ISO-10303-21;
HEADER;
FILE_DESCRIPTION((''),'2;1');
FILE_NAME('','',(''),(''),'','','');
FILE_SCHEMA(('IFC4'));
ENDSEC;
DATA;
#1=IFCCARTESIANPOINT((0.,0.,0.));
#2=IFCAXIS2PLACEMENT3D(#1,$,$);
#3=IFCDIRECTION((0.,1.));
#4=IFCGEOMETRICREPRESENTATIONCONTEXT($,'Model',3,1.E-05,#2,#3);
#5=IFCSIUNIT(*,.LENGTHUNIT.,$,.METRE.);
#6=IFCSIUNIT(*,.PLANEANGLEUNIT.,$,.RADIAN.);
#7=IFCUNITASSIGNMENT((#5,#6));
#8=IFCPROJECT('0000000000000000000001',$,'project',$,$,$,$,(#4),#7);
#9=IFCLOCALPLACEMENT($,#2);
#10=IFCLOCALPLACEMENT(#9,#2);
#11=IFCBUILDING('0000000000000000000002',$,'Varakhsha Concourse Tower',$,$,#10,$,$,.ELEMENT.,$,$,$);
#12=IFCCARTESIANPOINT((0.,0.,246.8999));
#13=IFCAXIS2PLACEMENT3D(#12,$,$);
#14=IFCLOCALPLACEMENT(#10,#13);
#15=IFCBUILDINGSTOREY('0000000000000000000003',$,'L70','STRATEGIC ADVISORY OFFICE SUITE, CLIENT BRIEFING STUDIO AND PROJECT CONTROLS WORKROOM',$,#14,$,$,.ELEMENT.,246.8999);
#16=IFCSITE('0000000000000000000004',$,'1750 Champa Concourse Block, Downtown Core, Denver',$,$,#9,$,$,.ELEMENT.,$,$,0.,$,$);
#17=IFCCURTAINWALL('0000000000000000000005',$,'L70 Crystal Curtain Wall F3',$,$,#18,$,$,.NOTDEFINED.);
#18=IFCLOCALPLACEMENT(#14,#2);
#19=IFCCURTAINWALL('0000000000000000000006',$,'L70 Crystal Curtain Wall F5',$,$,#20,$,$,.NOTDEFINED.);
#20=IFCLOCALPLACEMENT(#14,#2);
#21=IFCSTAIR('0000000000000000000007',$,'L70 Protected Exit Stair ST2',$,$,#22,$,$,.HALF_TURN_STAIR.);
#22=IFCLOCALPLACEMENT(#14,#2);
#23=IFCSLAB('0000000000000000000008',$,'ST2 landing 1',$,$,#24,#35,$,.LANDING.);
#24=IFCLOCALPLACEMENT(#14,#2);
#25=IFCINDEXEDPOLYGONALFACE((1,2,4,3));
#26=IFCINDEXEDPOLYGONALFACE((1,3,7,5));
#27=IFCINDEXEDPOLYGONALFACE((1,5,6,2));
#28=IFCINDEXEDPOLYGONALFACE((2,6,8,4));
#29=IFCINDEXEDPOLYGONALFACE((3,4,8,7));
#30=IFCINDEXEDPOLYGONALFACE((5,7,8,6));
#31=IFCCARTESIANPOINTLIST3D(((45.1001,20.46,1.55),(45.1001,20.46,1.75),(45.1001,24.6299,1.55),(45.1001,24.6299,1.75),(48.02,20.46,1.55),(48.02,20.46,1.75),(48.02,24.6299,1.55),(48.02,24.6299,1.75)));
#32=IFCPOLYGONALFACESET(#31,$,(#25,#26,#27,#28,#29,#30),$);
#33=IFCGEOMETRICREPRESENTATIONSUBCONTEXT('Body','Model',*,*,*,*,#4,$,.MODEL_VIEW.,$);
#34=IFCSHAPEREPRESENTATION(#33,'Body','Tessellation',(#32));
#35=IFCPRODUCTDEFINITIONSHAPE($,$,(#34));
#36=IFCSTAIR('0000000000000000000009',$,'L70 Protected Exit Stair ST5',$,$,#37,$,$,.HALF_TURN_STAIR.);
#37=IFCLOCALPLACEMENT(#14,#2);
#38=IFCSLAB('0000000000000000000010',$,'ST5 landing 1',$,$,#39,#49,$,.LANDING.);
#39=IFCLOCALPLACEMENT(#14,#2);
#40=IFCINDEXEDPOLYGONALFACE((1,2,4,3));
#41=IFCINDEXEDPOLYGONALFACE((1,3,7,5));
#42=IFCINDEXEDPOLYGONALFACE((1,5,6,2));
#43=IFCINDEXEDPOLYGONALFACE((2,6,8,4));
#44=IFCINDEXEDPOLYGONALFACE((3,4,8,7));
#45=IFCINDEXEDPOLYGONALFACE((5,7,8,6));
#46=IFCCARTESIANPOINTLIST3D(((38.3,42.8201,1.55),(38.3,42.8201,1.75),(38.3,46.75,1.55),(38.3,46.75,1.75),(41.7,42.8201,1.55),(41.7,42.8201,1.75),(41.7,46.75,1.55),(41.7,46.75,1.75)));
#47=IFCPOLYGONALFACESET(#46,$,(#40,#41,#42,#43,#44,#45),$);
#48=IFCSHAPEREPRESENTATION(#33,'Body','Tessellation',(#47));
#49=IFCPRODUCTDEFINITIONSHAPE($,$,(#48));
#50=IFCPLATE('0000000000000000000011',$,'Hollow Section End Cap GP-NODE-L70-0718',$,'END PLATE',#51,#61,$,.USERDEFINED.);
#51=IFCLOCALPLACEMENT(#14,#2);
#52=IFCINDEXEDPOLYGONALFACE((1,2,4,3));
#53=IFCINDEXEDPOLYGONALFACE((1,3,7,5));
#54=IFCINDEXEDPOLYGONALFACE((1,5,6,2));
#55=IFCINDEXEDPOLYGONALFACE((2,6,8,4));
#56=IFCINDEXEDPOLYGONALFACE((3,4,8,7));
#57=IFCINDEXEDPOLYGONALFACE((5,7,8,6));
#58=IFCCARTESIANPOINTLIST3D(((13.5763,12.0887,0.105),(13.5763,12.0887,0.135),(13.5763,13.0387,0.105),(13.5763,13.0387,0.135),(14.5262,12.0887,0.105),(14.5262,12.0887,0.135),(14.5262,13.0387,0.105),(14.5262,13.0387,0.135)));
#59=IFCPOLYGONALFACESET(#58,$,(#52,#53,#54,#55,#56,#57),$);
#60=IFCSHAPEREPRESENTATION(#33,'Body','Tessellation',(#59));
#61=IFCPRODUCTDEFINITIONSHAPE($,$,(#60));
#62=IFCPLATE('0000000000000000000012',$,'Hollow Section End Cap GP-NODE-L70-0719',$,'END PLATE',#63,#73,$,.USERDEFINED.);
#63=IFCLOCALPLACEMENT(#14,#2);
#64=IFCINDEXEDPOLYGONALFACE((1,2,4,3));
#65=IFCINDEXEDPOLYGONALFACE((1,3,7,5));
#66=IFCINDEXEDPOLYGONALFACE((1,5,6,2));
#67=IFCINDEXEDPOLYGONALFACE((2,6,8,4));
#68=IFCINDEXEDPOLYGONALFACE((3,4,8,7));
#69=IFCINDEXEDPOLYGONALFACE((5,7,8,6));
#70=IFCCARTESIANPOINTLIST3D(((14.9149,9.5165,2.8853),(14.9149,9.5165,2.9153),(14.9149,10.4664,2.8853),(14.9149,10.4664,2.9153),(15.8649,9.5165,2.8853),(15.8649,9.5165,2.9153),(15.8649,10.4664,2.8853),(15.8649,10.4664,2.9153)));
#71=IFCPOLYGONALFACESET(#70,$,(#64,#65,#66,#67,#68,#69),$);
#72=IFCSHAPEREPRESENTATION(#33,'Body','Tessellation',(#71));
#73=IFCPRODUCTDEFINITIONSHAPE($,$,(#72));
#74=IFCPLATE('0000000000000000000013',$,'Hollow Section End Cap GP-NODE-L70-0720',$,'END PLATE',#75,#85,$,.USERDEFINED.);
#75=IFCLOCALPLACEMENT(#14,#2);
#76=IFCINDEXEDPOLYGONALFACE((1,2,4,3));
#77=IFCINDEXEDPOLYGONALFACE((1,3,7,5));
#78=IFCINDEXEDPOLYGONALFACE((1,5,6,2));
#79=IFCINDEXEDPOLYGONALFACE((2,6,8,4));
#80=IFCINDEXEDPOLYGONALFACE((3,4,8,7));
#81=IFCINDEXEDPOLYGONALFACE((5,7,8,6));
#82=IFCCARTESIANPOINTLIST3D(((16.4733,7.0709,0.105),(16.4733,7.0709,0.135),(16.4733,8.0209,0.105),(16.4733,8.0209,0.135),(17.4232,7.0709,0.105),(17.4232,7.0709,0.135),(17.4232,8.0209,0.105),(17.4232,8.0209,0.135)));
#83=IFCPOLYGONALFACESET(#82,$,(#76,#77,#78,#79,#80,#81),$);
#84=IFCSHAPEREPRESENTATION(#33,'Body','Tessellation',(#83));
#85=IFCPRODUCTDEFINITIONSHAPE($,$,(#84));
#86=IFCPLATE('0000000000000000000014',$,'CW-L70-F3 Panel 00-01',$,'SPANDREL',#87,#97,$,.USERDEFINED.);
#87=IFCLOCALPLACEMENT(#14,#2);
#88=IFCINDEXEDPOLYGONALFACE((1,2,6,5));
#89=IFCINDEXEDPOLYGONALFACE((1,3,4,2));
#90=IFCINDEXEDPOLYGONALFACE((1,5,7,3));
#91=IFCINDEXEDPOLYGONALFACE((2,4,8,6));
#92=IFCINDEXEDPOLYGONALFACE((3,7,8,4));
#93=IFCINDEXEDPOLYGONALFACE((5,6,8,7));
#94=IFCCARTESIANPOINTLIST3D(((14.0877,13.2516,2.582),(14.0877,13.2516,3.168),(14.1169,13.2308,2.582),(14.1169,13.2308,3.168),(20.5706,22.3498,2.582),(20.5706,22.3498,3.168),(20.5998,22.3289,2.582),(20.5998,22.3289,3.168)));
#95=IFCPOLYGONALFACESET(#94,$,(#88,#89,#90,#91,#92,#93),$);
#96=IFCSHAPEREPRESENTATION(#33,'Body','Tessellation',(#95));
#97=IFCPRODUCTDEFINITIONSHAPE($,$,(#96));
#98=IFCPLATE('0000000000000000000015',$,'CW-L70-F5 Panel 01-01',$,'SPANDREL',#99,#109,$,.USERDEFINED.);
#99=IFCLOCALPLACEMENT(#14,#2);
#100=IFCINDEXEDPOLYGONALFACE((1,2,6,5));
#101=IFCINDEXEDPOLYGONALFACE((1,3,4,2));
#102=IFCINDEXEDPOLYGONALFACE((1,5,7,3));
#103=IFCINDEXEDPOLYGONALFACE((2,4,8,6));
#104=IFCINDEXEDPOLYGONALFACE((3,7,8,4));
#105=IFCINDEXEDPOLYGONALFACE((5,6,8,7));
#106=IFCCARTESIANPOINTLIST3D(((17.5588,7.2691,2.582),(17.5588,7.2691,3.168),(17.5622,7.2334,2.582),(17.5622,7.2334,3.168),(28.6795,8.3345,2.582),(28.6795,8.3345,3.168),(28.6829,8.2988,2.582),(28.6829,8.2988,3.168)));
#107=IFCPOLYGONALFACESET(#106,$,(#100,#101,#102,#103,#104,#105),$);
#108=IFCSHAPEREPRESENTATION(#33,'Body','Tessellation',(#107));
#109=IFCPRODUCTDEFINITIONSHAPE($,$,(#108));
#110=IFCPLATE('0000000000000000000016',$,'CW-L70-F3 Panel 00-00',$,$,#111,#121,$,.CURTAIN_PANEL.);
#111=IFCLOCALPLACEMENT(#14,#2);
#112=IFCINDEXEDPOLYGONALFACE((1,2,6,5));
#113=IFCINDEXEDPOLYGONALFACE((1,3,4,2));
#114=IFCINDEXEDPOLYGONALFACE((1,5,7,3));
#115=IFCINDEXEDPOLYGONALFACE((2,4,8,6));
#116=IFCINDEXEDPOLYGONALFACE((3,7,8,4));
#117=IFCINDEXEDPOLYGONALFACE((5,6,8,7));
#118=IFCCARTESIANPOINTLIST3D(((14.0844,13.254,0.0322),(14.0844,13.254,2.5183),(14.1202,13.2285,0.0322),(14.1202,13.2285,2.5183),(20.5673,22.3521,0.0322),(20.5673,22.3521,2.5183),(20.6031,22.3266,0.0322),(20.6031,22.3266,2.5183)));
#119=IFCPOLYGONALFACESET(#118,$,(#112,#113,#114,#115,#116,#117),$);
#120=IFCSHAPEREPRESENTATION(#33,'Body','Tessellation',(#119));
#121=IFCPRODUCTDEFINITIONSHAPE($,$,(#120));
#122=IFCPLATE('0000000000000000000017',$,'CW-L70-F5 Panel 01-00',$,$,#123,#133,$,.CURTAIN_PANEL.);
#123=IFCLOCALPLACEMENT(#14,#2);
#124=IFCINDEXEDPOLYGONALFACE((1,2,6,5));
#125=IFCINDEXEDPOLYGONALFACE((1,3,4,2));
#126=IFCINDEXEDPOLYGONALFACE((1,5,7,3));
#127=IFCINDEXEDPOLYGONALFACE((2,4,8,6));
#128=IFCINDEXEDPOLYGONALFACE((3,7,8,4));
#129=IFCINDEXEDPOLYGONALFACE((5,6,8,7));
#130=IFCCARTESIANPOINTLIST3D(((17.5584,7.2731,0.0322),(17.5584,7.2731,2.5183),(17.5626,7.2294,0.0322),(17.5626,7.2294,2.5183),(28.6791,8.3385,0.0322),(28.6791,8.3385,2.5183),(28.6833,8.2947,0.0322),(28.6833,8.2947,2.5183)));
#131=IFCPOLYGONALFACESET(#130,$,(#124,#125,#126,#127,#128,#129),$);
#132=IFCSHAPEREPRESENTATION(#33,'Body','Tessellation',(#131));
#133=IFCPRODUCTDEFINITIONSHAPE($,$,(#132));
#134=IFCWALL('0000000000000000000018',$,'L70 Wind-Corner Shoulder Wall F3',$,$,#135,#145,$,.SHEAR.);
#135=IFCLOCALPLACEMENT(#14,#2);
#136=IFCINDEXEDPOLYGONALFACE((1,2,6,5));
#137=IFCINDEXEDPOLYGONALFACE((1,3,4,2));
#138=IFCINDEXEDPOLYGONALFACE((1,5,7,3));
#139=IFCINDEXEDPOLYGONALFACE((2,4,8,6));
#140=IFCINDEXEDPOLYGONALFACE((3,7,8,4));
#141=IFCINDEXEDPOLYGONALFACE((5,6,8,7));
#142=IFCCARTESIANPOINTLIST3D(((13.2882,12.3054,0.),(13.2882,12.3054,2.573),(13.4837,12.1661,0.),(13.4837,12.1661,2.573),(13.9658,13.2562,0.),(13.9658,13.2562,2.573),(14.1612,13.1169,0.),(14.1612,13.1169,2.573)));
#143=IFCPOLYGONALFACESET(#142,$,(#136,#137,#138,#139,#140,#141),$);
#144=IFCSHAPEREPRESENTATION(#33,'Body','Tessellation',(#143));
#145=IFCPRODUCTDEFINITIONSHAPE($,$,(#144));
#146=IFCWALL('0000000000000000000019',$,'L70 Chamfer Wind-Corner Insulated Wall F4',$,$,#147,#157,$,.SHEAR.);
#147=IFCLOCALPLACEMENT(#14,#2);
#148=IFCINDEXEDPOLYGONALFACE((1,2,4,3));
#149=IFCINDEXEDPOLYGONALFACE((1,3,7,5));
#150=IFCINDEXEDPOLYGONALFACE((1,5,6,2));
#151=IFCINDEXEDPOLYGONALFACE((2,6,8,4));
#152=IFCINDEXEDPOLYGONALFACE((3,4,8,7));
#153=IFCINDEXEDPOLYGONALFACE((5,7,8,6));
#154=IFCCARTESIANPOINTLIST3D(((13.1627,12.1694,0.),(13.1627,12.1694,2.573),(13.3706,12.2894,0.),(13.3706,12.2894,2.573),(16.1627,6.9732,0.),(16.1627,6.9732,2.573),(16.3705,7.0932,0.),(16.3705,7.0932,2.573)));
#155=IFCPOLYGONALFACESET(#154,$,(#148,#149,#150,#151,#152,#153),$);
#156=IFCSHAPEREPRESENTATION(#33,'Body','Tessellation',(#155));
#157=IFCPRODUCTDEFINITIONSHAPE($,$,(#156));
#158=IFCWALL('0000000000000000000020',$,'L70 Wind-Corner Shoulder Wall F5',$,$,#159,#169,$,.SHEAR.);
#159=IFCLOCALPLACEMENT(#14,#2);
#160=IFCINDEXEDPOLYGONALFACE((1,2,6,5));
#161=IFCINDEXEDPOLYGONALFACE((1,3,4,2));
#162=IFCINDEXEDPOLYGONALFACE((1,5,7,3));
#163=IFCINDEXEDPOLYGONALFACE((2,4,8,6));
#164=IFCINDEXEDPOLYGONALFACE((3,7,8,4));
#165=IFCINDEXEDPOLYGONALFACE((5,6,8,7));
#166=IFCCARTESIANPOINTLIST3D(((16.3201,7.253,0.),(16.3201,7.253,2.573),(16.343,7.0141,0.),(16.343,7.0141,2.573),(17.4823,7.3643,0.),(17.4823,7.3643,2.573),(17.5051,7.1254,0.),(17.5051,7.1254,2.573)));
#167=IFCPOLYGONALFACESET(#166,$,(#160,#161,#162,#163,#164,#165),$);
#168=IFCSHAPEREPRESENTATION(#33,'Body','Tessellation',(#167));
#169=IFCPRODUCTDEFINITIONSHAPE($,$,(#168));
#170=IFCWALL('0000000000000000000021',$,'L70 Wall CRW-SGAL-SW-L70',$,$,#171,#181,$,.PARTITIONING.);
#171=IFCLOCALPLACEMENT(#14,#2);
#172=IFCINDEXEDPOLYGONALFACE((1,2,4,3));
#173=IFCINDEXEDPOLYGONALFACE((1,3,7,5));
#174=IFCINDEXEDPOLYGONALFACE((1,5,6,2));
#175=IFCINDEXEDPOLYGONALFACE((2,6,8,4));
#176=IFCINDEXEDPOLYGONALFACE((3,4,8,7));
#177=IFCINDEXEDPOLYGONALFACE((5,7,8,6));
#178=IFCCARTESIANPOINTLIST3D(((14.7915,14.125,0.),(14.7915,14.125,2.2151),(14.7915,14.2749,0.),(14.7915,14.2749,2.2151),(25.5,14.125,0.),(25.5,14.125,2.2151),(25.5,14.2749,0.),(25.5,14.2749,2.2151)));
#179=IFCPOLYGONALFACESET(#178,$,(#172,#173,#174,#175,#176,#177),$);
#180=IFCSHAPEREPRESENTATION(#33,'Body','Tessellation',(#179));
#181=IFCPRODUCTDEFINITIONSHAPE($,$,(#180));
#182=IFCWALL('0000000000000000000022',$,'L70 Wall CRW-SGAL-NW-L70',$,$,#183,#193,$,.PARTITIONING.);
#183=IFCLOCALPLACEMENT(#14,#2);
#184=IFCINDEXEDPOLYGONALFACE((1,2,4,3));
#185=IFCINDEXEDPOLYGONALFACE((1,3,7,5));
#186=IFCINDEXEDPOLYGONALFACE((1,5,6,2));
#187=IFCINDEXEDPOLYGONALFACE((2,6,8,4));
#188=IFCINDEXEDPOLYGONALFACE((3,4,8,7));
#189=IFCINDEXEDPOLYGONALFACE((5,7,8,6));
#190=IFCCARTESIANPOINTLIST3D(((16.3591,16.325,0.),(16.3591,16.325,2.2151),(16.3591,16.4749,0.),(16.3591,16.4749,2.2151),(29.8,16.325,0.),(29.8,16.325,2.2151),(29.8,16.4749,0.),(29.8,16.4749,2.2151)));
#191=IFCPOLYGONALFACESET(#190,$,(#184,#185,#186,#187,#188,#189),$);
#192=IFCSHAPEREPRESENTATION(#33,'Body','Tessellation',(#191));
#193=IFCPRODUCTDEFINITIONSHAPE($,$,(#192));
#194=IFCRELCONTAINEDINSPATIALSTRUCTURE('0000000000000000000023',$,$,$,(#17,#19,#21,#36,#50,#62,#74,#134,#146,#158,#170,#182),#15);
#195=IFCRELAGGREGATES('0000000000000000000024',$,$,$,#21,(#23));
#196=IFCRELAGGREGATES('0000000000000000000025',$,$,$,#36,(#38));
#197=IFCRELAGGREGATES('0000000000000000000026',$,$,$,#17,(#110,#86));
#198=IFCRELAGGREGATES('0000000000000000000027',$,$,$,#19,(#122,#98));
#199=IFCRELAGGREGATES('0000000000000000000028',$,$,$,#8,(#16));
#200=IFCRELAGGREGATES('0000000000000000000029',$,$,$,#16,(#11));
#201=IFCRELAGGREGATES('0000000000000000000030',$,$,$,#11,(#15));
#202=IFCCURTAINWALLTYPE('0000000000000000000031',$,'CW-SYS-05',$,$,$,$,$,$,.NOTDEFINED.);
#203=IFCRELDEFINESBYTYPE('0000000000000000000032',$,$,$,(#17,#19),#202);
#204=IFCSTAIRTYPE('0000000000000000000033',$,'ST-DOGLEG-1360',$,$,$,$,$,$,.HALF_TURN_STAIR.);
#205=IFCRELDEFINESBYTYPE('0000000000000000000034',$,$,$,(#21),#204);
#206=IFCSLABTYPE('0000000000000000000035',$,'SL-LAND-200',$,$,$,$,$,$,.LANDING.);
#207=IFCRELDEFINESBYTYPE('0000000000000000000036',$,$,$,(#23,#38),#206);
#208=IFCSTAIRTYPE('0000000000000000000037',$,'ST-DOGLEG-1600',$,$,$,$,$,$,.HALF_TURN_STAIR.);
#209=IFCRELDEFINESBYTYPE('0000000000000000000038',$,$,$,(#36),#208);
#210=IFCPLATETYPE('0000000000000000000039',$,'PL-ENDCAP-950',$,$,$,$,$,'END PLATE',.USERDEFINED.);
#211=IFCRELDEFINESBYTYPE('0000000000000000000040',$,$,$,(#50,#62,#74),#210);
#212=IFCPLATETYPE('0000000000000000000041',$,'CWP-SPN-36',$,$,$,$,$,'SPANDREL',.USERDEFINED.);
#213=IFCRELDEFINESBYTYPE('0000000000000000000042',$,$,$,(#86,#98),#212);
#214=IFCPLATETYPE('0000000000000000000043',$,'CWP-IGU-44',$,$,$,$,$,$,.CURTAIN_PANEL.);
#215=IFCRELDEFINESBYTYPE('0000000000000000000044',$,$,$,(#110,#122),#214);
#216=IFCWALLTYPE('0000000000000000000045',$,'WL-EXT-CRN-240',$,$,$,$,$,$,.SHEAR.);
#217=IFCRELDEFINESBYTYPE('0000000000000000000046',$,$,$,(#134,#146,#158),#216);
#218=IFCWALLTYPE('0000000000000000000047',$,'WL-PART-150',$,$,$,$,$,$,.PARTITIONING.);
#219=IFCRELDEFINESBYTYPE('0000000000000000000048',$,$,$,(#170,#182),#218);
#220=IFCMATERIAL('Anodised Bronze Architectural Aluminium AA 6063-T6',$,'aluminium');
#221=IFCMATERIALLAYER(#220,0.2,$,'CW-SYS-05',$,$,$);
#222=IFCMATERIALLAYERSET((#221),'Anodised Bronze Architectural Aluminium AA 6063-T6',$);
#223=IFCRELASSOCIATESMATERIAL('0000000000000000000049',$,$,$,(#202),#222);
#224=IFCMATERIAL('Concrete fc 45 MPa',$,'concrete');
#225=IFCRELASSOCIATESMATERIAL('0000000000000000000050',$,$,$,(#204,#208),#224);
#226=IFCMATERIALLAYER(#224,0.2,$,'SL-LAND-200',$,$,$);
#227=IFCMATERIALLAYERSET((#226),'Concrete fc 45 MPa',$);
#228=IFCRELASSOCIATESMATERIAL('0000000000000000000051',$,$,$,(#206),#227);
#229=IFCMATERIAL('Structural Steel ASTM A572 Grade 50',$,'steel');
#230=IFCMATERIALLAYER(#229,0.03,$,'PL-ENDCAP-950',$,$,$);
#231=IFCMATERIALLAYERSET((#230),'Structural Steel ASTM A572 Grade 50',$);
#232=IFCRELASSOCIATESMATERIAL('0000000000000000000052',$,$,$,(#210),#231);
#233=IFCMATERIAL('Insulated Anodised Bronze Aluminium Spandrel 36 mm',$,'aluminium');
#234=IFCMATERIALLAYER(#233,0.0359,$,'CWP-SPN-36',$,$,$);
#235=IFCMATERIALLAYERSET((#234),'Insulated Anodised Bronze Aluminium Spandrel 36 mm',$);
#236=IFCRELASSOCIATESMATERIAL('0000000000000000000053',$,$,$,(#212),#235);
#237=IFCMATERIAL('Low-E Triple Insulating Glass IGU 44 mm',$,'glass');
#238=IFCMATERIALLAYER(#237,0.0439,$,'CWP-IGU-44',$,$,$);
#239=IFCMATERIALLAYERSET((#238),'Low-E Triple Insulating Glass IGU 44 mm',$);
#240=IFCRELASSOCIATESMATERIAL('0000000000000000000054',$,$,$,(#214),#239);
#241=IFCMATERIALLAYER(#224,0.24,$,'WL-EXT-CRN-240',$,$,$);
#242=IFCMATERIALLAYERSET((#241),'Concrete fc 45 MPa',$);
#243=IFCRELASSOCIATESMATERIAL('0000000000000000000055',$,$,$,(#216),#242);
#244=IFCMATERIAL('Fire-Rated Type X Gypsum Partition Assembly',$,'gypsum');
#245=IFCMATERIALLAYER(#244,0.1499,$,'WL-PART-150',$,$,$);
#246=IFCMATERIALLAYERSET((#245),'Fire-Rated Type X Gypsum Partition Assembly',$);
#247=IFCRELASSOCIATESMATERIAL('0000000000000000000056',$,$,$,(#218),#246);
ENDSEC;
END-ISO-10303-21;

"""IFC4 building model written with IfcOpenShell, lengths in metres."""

from ifc_helpers import new_model, si_unit, direction, frame, frame_2d, origin, origin_2d, place, context, subcontext, project, spatial, polyline, rectangle, outline, extrude, source, transform, mapped, material, layer, layer_set, type_object, type_shapes, element, aggregate, save


model = new_model("IFC4")

# Units and contexts
model_context = context("Model", 3, precision=1e-05, world=origin(), true_north=direction((0.0, 1.0)))
body_context = subcontext(model_context, "Body", "Model", "MODEL_VIEW")
ifc_project = project(units=[si_unit("LENGTHUNIT", "METRE"), si_unit("PLANEANGLEUNIT", "RADIAN")], contexts=[model_context])

# Site, building, storey
site_placement = place(None, origin())
site = spatial("IfcSite", under=ifc_project, at=site_placement, Name="1750 Champa Concourse Block, Downtown Core, Denver", CompositionType="ELEMENT", RefElevation=0.0)
building_placement = place(site_placement, origin())
building = spatial("IfcBuilding", under=site, at=building_placement, Name="Varakhsha Concourse Tower", CompositionType="ELEMENT")
storey_placement = place(building_placement, frame((0.0, 0.0, 246.8999)))
storey = spatial("IfcBuildingStorey", under=building, at=storey_placement, Name="L70", Description="STRATEGIC ADVISORY OFFICE SUITE, CLIENT BRIEFING STUDIO AND PROJECT CONTROLS WORKROOM", CompositionType="ELEMENT", Elevation=246.8999)

# Shared definitions
ifc_material_1 = material(Name="Structural Steel ASTM A572 Grade 50", Category="steel")

# Curtain wall
ifc_material_2 = material(Name="Anodised Bronze Architectural Aluminium AA 6063-T6", Category="aluminium")
ifc_layer_1 = layer(ifc_material_2, 0.2, Name="CW-SYS-05")
ifc_layer_set_1 = layer_set([ifc_layer_1], Name="Anodised Bronze Architectural Aluminium AA 6063-T6")
curtain_wall_type = type_object("IfcCurtainWallType", Name="CW-SYS-05", PredefinedType="NOTDEFINED", material=ifc_layer_set_1)
curtain_wall_1_placement = place(storey_placement, origin())
curtain_wall_1 = element("IfcCurtainWall", 1, at=curtain_wall_1_placement, inside=storey, type_object=curtain_wall_type, Name="L70 Crystal Curtain Wall F3", PredefinedType="NOTDEFINED")

# Curtain wall
curtain_wall_2_placement = place(storey_placement, origin())
curtain_wall_2 = element("IfcCurtainWall", 2, at=curtain_wall_2_placement, inside=storey, type_object=curtain_wall_type, Name="L70 Crystal Curtain Wall F5", PredefinedType="NOTDEFINED")

# Shared definitions
ifc_material_3 = material(Name="Concrete fc 45 MPa", Category="concrete")

# Stairs, slabs
stair_type_1 = type_object("IfcStairType", Name="ST-DOGLEG-1360", PredefinedType="HALF_TURN_STAIR", material=ifc_material_3)
ifc_layer_2 = layer(ifc_material_3, 0.2, Name="SL-LAND-200")
ifc_layer_set_2 = layer_set([ifc_layer_2], Name="Concrete fc 45 MPa")
slab_type_1 = type_object("IfcSlabType", Name="SL-LAND-200", PredefinedType="LANDING", material=ifc_layer_set_2)
stair_1_placement = place(storey_placement, origin())
stair_1 = element("IfcStair", 3, at=stair_1_placement, inside=storey, type_object=stair_type_1, Name="L70 Protected Exit Stair ST2", PredefinedType="HALF_TURN_STAIR")
slab_1_placement = place(storey_placement, frame((0.0, 0.0, 1.55)))
slab_1 = element("IfcSlab", 4, at=slab_1_placement, type_object=slab_type_1, Name="ST2 landing 1", PredefinedType="LANDING", context=body_context, shape_type="SweptSolid", body=[
    extrude(outline(polyline([(48.02, 20.46), (48.02, 24.6299), (45.1001, 24.6299), (45.1001, 20.46), (48.02, 20.46)])), origin(), (0.0, 0.0, 1.0), 0.2),
])
aggregate(stair_1, [slab_1])
stair_type_2 = type_object("IfcStairType", Name="ST-DOGLEG-1600", PredefinedType="HALF_TURN_STAIR", material=ifc_material_3)
stair_2_placement = place(storey_placement, origin())
stair_2 = element("IfcStair", 5, at=stair_2_placement, inside=storey, type_object=stair_type_2, Name="L70 Protected Exit Stair ST5", PredefinedType="HALF_TURN_STAIR")
slab_2_placement = place(storey_placement, frame((0.0, 0.0, 1.55)))
slab_2 = element("IfcSlab", 6, at=slab_2_placement, type_object=slab_type_1, Name="ST5 landing 1", PredefinedType="LANDING", context=body_context, shape_type="SweptSolid", body=[
    extrude(outline(polyline([(41.7, 42.8201), (41.7, 46.75), (38.3, 46.75), (38.3, 42.8201), (41.7, 42.8201)])), origin(), (0.0, 0.0, 1.0), 0.2),
])
aggregate(stair_2, [slab_2])

# Plates
ifc_layer_3 = layer(ifc_material_1, 0.03, Name="PL-ENDCAP-950")
ifc_layer_set_3 = layer_set([ifc_layer_3], Name="Structural Steel ASTM A572 Grade 50")
plate_type_1 = type_object("IfcPlateType", Name="PL-ENDCAP-950", ElementType="END PLATE", PredefinedType="USERDEFINED", material=ifc_layer_set_3)
shared_shape_1 = source(origin(), body_context, "Body", "SweptSolid", [
    extrude(rectangle(XDim=0.95, YDim=0.95, at=origin_2d()), origin(), (0.0, 0.0, 1.0), 0.03),
])
type_shapes(plate_type_1, [shared_shape_1])
for number, where, z_axis, x_axis, name in (
    (7, (14.0513, 12.5637, 0.105), (0.0, 0.0, 1.0), (1.0, 0.0, 0.0), "Hollow Section End Cap GP-NODE-L70-0718"),
    (8, (15.3899, 9.9915, 2.8853), (0.0, 0.0, 1.0), (1.0, 0.0, 0.0), "Hollow Section End Cap GP-NODE-L70-0719"),
    (9, (16.9482, 7.5459, 0.105), (0.0, 0.0, 1.0), (1.0, 0.0, 0.0), "Hollow Section End Cap GP-NODE-L70-0720"),
):
    element("IfcPlate", number, at=place(storey_placement, frame(where, z_axis=z_axis, x_axis=x_axis)), inside=storey, type_object=plate_type_1, Name=name, ObjectType="END PLATE", PredefinedType="USERDEFINED", context=body_context, shape_type="MappedRepresentation", body=[
        mapped(shared_shape_1, transform((0.0, 0.0, 0.0), scale=1.0)),
    ])

# Plates
ifc_material_4 = material(Name="Insulated Anodised Bronze Aluminium Spandrel 36 mm", Category="aluminium")
ifc_layer_4 = layer(ifc_material_4, 0.0359, Name="CWP-SPN-36")
ifc_layer_set_4 = layer_set([ifc_layer_4], Name="Insulated Anodised Bronze Aluminium Spandrel 36 mm")
plate_type_2 = type_object("IfcPlateType", Name="CWP-SPN-36", ElementType="SPANDREL", PredefinedType="USERDEFINED", material=ifc_layer_set_4)
shared_shape_2 = source(origin(), body_context, "Body", "SweptSolid", [
    extrude(rectangle(XDim=11.1716, YDim=0.0359, at=origin_2d()), origin(), (0.0, 0.0, 1.0), 0.5859),
])
type_shapes(plate_type_2, [shared_shape_2])
plate_1_placement = place(storey_placement, frame((17.3438, 17.7903, 2.582), z_axis=(0.0, 0.0, 1.0), x_axis=(0.580306, 0.814398, 0.0)))
plate_1 = element("IfcPlate", 10, at=plate_1_placement, type_object=plate_type_2, Name="CW-L70-F3 Panel 00-01", ObjectType="SPANDREL", PredefinedType="USERDEFINED", context=body_context, shape_type="MappedRepresentation", body=[
    mapped(shared_shape_2, transform((0.0, 0.0, 0.0), scale=1.0)),
])
plate_2_placement = place(storey_placement, frame((23.1208, 7.7839, 2.582), z_axis=(0.0, 0.0, 1.0), x_axis=(-0.995443, -0.095363, 0.0)))
plate_2 = element("IfcPlate", 11, at=plate_2_placement, type_object=plate_type_2, Name="CW-L70-F5 Panel 01-01", ObjectType="SPANDREL", PredefinedType="USERDEFINED", context=body_context, shape_type="MappedRepresentation", body=[
    mapped(shared_shape_2, transform((0.0, 0.0, 0.0), scale=1.0)),
])
ifc_material_5 = material(Name="Low-E Triple Insulating Glass IGU 44 mm", Category="glass")
ifc_layer_5 = layer(ifc_material_5, 0.0439, Name="CWP-IGU-44")
ifc_layer_set_5 = layer_set([ifc_layer_5], Name="Low-E Triple Insulating Glass IGU 44 mm")
plate_type_3 = type_object("IfcPlateType", Name="CWP-IGU-44", PredefinedType="CURTAIN_PANEL", material=ifc_layer_set_5)
shared_shape_3 = source(origin(), body_context, "Body", "SweptSolid", [
    extrude(rectangle(XDim=11.1716, YDim=0.0439, at=origin_2d()), origin(), (0.0, 0.0, 1.0), 2.4861),
])
type_shapes(plate_type_3, [shared_shape_3])
plate_3_placement = place(storey_placement, frame((17.3438, 17.7903, 0.0322), z_axis=(0.0, 0.0, 1.0), x_axis=(0.580306, 0.814398, 0.0)))
plate_3 = element("IfcPlate", 12, at=plate_3_placement, type_object=plate_type_3, Name="CW-L70-F3 Panel 00-00", PredefinedType="CURTAIN_PANEL", context=body_context, shape_type="MappedRepresentation", body=[
    mapped(shared_shape_3, transform((0.0, 0.0, 0.0), scale=1.0)),
])
aggregate(curtain_wall_1, [plate_3, plate_1])
plate_4_placement = place(storey_placement, frame((23.1208, 7.7839, 0.0322), z_axis=(0.0, 0.0, 1.0), x_axis=(-0.995443, -0.095363, 0.0)))
plate_4 = element("IfcPlate", 13, at=plate_4_placement, type_object=plate_type_3, Name="CW-L70-F5 Panel 01-00", PredefinedType="CURTAIN_PANEL", context=body_context, shape_type="MappedRepresentation", body=[
    mapped(shared_shape_3, transform((0.0, 0.0, 0.0), scale=1.0)),
])
aggregate(curtain_wall_2, [plate_4, plate_2])

# Walls
ifc_layer_6 = layer(ifc_material_3, 0.24, Name="WL-EXT-CRN-240")
ifc_layer_set_6 = layer_set([ifc_layer_6], Name="Concrete fc 45 MPa")
wall_type_1 = type_object("IfcWallType", Name="WL-EXT-CRN-240", PredefinedType="SHEAR", material=ifc_layer_set_6)
wall_1_placement = place(storey_placement, frame((14.0635, 13.1865, 0.0), z_axis=(0.0, 0.0, 1.0), x_axis=(-0.580348, -0.814369, 0.0)))
element("IfcWall", 14, at=wall_1_placement, inside=storey, type_object=wall_type_1, Name="L70 Wind-Corner Shoulder Wall F3", PredefinedType="SHEAR", context=body_context, shape_type="SweptSolid", body=[
    extrude(rectangle(XDim=1.1675, YDim=0.24, at=frame_2d((0.5837, 0.0))), origin(), (0.0, 0.0, 1.0), 2.573),
])
wall_2_placement = place(storey_placement, frame((16.2666, 7.0332, 0.0), z_axis=(0.0, 0.0, 1.0), x_axis=(-0.49999, 0.866031, 0.0)))
element("IfcWall", 15, at=wall_2_placement, inside=storey, type_object=wall_type_1, Name="L70 Chamfer Wind-Corner Insulated Wall F4", PredefinedType="SHEAR", context=body_context, shape_type="SweptSolid", body=[
    extrude(rectangle(XDim=6.0, YDim=0.24, at=frame_2d((3.0, 0.0))), origin(), (0.0, 0.0, 1.0), 2.573),
])
wall_3_placement = place(storey_placement, frame((16.3315, 7.1335, 0.0), z_axis=(0.0, 0.0, 1.0), x_axis=(0.995443, 0.095362, 0.0)))
element("IfcWall", 16, at=wall_3_placement, inside=storey, type_object=wall_type_1, Name="L70 Wind-Corner Shoulder Wall F5", PredefinedType="SHEAR", context=body_context, shape_type="SweptSolid", body=[
    extrude(rectangle(XDim=1.1675, YDim=0.24, at=frame_2d((0.5837, 0.0))), origin(), (0.0, 0.0, 1.0), 2.573),
])
ifc_material_6 = material(Name="Fire-Rated Type X Gypsum Partition Assembly", Category="gypsum")
ifc_layer_7 = layer(ifc_material_6, 0.1499, Name="WL-PART-150")
ifc_layer_set_7 = layer_set([ifc_layer_7], Name="Fire-Rated Type X Gypsum Partition Assembly")
wall_type_2 = type_object("IfcWallType", Name="WL-PART-150", PredefinedType="PARTITIONING", material=ifc_layer_set_7)
wall_4_placement = place(storey_placement, frame((14.7915, 14.2, 0.0), z_axis=(0.0, 0.0, 1.0), x_axis=(1.0, 0.0, 0.0)))
element("IfcWall", 17, at=wall_4_placement, inside=storey, type_object=wall_type_2, Name="L70 Wall CRW-SGAL-SW-L70", PredefinedType="PARTITIONING", context=body_context, shape_type="SweptSolid", body=[
    extrude(rectangle(XDim=10.7085, YDim=0.1499, at=frame_2d((5.3542, 0.0))), origin(), (0.0, 0.0, 1.0), 2.2151),
])
wall_5_placement = place(storey_placement, frame((16.3591, 16.3999, 0.0), z_axis=(0.0, 0.0, 1.0), x_axis=(1.0, 0.0, 0.0)))
element("IfcWall", 18, at=wall_5_placement, inside=storey, type_object=wall_type_2, Name="L70 Wall CRW-SGAL-NW-L70", PredefinedType="PARTITIONING", context=body_context, shape_type="SweptSolid", body=[
    extrude(rectangle(XDim=13.4409, YDim=0.1499, at=frame_2d((6.7205, 0.0))), origin(), (0.0, 0.0, 1.0), 2.2151),
])

save(model, "model.ifc")
